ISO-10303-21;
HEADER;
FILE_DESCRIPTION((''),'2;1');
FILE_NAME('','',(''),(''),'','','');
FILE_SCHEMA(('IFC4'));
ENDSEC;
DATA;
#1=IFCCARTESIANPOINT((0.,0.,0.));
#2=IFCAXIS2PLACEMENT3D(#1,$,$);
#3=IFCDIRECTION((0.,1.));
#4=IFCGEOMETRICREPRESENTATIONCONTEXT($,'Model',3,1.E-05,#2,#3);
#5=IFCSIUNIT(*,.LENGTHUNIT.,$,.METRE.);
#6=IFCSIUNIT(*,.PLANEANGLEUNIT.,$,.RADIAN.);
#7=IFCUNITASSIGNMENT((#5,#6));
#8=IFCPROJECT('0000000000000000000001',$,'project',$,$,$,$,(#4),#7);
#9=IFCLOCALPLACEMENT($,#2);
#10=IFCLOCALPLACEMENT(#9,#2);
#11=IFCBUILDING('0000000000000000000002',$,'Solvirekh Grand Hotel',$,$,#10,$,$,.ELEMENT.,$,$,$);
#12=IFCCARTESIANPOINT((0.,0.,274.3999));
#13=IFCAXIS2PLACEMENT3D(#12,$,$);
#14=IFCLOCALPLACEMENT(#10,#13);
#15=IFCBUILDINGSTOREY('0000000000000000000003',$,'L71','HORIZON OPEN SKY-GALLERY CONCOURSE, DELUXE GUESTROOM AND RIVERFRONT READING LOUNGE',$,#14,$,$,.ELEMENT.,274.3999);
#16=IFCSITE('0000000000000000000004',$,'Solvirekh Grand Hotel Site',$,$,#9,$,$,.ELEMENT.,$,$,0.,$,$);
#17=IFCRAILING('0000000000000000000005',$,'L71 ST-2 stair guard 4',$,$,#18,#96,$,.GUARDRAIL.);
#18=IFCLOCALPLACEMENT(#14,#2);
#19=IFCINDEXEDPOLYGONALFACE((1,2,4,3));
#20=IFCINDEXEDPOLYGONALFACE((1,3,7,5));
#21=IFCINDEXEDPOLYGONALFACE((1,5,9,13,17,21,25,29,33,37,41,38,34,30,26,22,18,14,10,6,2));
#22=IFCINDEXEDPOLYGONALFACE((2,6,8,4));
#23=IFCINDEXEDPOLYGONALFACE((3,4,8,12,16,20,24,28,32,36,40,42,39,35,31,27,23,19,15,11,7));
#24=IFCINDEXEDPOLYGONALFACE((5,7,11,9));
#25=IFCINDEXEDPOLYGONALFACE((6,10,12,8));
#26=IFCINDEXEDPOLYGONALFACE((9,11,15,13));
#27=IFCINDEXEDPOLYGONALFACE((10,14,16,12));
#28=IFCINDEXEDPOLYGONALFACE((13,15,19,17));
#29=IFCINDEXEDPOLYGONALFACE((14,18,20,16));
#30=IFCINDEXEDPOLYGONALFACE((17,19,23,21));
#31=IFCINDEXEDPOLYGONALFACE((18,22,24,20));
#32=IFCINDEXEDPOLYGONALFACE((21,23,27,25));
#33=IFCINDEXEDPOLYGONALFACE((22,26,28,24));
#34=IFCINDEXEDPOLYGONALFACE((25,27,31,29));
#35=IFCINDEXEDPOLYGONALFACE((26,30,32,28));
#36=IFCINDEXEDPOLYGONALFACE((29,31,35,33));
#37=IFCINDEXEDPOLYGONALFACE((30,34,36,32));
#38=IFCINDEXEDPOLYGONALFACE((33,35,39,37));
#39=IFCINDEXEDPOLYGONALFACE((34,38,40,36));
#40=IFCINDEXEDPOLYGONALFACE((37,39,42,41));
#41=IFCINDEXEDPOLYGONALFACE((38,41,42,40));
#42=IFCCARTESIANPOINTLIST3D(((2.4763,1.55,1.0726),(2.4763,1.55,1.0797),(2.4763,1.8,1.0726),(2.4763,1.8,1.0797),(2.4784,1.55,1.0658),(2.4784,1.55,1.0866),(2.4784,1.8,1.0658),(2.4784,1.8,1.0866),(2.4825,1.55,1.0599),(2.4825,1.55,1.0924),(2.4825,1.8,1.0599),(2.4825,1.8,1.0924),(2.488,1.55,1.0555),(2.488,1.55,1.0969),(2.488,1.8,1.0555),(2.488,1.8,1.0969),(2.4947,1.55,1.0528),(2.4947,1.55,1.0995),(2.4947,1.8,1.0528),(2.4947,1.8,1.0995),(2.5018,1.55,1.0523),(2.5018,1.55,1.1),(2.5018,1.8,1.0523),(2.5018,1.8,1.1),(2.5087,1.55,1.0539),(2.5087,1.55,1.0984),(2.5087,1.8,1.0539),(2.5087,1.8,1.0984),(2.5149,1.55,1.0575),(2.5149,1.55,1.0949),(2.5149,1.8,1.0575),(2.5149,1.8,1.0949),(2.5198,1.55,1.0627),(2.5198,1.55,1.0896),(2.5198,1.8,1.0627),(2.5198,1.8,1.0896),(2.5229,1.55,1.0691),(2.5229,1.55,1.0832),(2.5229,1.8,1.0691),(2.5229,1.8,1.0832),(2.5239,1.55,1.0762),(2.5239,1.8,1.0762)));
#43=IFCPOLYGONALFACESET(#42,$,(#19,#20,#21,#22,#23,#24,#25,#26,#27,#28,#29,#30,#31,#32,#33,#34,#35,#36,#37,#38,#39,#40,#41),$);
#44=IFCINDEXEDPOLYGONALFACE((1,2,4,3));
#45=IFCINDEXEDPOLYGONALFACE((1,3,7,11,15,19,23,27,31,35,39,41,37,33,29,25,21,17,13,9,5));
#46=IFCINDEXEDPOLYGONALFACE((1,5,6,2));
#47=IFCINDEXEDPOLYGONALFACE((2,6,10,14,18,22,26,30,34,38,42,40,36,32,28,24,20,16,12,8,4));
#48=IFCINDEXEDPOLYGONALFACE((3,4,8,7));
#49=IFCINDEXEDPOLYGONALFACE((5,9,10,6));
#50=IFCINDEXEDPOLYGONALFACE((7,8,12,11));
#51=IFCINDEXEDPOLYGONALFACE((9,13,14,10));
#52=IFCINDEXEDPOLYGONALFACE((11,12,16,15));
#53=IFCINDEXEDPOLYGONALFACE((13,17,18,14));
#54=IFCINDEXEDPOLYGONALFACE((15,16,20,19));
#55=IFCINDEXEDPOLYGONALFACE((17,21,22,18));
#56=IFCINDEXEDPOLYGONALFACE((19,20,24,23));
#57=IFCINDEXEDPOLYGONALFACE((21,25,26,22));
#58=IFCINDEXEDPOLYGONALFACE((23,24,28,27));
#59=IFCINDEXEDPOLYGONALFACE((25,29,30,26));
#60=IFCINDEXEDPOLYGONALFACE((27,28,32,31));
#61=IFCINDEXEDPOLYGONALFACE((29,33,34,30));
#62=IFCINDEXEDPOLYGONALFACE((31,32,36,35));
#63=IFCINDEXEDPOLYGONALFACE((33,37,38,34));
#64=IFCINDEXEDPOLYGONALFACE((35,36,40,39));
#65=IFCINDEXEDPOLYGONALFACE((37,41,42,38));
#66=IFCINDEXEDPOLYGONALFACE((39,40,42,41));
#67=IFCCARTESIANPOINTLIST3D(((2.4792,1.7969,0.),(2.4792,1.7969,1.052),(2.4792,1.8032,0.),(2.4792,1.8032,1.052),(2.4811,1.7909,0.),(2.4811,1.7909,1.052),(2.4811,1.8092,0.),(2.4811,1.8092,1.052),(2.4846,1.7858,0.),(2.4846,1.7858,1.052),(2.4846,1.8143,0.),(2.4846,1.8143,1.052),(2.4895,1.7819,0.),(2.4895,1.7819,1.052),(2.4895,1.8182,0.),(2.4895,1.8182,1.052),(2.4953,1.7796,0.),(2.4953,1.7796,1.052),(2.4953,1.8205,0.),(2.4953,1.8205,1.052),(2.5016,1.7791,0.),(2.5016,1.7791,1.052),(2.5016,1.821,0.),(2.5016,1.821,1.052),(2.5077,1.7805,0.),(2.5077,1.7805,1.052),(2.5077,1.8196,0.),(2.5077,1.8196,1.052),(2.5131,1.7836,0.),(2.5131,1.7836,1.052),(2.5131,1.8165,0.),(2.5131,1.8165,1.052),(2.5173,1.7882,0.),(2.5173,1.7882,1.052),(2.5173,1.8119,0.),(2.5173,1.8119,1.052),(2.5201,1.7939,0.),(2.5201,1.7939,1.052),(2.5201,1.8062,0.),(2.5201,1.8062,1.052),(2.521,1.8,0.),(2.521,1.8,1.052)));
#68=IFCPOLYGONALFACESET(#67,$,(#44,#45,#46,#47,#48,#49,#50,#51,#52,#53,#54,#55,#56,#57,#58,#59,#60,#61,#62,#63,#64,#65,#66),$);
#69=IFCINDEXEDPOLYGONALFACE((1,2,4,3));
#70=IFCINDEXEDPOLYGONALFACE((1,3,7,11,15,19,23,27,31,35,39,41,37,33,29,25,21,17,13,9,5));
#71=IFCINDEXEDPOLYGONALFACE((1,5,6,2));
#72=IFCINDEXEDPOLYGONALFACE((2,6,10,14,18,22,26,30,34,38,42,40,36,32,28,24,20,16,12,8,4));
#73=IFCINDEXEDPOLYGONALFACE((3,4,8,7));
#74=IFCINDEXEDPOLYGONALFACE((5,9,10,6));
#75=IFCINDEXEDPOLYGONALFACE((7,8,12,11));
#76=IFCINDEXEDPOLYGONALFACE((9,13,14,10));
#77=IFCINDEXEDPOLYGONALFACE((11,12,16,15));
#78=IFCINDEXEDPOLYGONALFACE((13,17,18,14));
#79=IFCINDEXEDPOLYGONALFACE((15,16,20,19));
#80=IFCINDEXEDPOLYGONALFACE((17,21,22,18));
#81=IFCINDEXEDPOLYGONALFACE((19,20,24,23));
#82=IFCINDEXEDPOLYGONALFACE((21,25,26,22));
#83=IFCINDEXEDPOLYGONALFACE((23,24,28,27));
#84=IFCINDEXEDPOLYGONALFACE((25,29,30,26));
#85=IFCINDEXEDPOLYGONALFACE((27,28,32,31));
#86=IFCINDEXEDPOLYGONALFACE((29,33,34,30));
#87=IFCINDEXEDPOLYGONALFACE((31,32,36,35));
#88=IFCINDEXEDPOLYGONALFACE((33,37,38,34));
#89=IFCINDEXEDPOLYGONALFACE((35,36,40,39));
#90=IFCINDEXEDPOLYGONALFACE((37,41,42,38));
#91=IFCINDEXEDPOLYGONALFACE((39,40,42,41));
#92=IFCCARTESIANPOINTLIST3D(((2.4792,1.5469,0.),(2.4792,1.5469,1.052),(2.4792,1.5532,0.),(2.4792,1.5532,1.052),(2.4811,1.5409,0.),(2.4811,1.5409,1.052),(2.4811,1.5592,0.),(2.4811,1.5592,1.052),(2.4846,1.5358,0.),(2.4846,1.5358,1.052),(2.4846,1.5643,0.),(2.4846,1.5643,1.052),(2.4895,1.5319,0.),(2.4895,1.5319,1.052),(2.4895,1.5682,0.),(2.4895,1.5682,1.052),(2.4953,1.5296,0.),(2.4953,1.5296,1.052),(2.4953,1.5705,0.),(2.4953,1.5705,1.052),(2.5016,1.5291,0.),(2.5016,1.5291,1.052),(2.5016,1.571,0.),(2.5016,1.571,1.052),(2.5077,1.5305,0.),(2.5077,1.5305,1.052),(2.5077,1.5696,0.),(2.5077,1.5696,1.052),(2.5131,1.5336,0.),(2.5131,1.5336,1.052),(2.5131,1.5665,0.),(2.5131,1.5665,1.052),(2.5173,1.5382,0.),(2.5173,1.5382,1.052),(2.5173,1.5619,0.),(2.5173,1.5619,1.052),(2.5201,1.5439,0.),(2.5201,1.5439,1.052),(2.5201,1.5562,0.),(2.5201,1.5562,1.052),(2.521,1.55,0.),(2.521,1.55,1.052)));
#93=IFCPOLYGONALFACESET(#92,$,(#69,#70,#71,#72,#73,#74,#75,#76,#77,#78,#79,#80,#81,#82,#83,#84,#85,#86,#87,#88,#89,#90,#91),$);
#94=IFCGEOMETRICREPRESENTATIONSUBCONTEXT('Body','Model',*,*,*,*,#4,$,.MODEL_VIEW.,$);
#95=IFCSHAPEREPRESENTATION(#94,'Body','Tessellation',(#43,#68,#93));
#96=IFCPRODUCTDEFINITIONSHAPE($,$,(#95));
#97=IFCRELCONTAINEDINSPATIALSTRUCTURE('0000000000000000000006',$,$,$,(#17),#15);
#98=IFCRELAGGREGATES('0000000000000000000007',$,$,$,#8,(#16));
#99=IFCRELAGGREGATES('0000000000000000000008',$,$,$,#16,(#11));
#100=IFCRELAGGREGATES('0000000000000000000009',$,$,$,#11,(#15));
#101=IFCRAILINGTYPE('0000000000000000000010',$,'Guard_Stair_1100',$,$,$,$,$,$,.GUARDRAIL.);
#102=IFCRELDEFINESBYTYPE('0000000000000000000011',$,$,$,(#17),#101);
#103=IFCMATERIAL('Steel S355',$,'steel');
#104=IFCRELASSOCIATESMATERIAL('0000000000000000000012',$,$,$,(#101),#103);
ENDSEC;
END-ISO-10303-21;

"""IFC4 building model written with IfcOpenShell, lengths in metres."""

from ifc_helpers import new_model, si_unit, direction, frame, origin, origin_2d, place, context, subcontext, project, spatial, circle, extrude, material, type_object, element, save


model = new_model("IFC4")

# Units and contexts
model_context = context("Model", 3, precision=1e-05, world=origin(), true_north=direction((0.0, 1.0)))
body_context = subcontext(model_context, "Body", "Model", "MODEL_VIEW")
ifc_project = project(units=[si_unit("LENGTHUNIT", "METRE"), si_unit("PLANEANGLEUNIT", "RADIAN")], contexts=[model_context])

# Site, building, storey
site_placement = place(None, origin())
site = spatial("IfcSite", under=ifc_project, at=site_placement, Name="Solvirekh Grand Hotel Site", CompositionType="ELEMENT", RefElevation=0.0)
building_placement = place(site_placement, origin())
building = spatial("IfcBuilding", under=site, at=building_placement, Name="Solvirekh Grand Hotel", CompositionType="ELEMENT")
storey_placement = place(building_placement, frame((0.0, 0.0, 274.3999)))
storey = spatial("IfcBuildingStorey", under=building, at=storey_placement, Name="L71", Description="HORIZON OPEN SKY-GALLERY CONCOURSE, DELUXE GUESTROOM AND RIVERFRONT READING LOUNGE", CompositionType="ELEMENT", Elevation=274.3999)

# Shared definitions
ifc_material_1 = material(Name="Steel S355", Category="steel")

# Railing
railing_type_1 = type_object("IfcRailingType", Name="Guard_Stair_1100", PredefinedType="GUARDRAIL", material=ifc_material_1)
railing_1_placement = place(storey_placement, frame((2.5, 1.8, 0.0)))
element("IfcRailing", 1, at=railing_1_placement, inside=storey, type_object=railing_type_1, Name="L71 ST-2 stair guard 4", PredefinedType="GUARDRAIL", context=body_context, shape_type="SweptSolid", body=[
    extrude(circle(Radius=0.0239, at=origin_2d()), frame((0.0, 0.0, 1.0762), z_axis=(0.0, -1.0, 0.0), x_axis=(1.0, 0.0, 0.0)), (0.0, 0.0, 1.0), 0.25),
    extrude(circle(Radius=0.021, at=origin_2d()), origin(), (0.0, 0.0, 1.0), 1.052),
    extrude(circle(Radius=0.021, at=origin_2d()), frame((0.0, -0.25, 0.0)), (0.0, 0.0, 1.0), 1.052),
])

save(model, "model.ifc")
